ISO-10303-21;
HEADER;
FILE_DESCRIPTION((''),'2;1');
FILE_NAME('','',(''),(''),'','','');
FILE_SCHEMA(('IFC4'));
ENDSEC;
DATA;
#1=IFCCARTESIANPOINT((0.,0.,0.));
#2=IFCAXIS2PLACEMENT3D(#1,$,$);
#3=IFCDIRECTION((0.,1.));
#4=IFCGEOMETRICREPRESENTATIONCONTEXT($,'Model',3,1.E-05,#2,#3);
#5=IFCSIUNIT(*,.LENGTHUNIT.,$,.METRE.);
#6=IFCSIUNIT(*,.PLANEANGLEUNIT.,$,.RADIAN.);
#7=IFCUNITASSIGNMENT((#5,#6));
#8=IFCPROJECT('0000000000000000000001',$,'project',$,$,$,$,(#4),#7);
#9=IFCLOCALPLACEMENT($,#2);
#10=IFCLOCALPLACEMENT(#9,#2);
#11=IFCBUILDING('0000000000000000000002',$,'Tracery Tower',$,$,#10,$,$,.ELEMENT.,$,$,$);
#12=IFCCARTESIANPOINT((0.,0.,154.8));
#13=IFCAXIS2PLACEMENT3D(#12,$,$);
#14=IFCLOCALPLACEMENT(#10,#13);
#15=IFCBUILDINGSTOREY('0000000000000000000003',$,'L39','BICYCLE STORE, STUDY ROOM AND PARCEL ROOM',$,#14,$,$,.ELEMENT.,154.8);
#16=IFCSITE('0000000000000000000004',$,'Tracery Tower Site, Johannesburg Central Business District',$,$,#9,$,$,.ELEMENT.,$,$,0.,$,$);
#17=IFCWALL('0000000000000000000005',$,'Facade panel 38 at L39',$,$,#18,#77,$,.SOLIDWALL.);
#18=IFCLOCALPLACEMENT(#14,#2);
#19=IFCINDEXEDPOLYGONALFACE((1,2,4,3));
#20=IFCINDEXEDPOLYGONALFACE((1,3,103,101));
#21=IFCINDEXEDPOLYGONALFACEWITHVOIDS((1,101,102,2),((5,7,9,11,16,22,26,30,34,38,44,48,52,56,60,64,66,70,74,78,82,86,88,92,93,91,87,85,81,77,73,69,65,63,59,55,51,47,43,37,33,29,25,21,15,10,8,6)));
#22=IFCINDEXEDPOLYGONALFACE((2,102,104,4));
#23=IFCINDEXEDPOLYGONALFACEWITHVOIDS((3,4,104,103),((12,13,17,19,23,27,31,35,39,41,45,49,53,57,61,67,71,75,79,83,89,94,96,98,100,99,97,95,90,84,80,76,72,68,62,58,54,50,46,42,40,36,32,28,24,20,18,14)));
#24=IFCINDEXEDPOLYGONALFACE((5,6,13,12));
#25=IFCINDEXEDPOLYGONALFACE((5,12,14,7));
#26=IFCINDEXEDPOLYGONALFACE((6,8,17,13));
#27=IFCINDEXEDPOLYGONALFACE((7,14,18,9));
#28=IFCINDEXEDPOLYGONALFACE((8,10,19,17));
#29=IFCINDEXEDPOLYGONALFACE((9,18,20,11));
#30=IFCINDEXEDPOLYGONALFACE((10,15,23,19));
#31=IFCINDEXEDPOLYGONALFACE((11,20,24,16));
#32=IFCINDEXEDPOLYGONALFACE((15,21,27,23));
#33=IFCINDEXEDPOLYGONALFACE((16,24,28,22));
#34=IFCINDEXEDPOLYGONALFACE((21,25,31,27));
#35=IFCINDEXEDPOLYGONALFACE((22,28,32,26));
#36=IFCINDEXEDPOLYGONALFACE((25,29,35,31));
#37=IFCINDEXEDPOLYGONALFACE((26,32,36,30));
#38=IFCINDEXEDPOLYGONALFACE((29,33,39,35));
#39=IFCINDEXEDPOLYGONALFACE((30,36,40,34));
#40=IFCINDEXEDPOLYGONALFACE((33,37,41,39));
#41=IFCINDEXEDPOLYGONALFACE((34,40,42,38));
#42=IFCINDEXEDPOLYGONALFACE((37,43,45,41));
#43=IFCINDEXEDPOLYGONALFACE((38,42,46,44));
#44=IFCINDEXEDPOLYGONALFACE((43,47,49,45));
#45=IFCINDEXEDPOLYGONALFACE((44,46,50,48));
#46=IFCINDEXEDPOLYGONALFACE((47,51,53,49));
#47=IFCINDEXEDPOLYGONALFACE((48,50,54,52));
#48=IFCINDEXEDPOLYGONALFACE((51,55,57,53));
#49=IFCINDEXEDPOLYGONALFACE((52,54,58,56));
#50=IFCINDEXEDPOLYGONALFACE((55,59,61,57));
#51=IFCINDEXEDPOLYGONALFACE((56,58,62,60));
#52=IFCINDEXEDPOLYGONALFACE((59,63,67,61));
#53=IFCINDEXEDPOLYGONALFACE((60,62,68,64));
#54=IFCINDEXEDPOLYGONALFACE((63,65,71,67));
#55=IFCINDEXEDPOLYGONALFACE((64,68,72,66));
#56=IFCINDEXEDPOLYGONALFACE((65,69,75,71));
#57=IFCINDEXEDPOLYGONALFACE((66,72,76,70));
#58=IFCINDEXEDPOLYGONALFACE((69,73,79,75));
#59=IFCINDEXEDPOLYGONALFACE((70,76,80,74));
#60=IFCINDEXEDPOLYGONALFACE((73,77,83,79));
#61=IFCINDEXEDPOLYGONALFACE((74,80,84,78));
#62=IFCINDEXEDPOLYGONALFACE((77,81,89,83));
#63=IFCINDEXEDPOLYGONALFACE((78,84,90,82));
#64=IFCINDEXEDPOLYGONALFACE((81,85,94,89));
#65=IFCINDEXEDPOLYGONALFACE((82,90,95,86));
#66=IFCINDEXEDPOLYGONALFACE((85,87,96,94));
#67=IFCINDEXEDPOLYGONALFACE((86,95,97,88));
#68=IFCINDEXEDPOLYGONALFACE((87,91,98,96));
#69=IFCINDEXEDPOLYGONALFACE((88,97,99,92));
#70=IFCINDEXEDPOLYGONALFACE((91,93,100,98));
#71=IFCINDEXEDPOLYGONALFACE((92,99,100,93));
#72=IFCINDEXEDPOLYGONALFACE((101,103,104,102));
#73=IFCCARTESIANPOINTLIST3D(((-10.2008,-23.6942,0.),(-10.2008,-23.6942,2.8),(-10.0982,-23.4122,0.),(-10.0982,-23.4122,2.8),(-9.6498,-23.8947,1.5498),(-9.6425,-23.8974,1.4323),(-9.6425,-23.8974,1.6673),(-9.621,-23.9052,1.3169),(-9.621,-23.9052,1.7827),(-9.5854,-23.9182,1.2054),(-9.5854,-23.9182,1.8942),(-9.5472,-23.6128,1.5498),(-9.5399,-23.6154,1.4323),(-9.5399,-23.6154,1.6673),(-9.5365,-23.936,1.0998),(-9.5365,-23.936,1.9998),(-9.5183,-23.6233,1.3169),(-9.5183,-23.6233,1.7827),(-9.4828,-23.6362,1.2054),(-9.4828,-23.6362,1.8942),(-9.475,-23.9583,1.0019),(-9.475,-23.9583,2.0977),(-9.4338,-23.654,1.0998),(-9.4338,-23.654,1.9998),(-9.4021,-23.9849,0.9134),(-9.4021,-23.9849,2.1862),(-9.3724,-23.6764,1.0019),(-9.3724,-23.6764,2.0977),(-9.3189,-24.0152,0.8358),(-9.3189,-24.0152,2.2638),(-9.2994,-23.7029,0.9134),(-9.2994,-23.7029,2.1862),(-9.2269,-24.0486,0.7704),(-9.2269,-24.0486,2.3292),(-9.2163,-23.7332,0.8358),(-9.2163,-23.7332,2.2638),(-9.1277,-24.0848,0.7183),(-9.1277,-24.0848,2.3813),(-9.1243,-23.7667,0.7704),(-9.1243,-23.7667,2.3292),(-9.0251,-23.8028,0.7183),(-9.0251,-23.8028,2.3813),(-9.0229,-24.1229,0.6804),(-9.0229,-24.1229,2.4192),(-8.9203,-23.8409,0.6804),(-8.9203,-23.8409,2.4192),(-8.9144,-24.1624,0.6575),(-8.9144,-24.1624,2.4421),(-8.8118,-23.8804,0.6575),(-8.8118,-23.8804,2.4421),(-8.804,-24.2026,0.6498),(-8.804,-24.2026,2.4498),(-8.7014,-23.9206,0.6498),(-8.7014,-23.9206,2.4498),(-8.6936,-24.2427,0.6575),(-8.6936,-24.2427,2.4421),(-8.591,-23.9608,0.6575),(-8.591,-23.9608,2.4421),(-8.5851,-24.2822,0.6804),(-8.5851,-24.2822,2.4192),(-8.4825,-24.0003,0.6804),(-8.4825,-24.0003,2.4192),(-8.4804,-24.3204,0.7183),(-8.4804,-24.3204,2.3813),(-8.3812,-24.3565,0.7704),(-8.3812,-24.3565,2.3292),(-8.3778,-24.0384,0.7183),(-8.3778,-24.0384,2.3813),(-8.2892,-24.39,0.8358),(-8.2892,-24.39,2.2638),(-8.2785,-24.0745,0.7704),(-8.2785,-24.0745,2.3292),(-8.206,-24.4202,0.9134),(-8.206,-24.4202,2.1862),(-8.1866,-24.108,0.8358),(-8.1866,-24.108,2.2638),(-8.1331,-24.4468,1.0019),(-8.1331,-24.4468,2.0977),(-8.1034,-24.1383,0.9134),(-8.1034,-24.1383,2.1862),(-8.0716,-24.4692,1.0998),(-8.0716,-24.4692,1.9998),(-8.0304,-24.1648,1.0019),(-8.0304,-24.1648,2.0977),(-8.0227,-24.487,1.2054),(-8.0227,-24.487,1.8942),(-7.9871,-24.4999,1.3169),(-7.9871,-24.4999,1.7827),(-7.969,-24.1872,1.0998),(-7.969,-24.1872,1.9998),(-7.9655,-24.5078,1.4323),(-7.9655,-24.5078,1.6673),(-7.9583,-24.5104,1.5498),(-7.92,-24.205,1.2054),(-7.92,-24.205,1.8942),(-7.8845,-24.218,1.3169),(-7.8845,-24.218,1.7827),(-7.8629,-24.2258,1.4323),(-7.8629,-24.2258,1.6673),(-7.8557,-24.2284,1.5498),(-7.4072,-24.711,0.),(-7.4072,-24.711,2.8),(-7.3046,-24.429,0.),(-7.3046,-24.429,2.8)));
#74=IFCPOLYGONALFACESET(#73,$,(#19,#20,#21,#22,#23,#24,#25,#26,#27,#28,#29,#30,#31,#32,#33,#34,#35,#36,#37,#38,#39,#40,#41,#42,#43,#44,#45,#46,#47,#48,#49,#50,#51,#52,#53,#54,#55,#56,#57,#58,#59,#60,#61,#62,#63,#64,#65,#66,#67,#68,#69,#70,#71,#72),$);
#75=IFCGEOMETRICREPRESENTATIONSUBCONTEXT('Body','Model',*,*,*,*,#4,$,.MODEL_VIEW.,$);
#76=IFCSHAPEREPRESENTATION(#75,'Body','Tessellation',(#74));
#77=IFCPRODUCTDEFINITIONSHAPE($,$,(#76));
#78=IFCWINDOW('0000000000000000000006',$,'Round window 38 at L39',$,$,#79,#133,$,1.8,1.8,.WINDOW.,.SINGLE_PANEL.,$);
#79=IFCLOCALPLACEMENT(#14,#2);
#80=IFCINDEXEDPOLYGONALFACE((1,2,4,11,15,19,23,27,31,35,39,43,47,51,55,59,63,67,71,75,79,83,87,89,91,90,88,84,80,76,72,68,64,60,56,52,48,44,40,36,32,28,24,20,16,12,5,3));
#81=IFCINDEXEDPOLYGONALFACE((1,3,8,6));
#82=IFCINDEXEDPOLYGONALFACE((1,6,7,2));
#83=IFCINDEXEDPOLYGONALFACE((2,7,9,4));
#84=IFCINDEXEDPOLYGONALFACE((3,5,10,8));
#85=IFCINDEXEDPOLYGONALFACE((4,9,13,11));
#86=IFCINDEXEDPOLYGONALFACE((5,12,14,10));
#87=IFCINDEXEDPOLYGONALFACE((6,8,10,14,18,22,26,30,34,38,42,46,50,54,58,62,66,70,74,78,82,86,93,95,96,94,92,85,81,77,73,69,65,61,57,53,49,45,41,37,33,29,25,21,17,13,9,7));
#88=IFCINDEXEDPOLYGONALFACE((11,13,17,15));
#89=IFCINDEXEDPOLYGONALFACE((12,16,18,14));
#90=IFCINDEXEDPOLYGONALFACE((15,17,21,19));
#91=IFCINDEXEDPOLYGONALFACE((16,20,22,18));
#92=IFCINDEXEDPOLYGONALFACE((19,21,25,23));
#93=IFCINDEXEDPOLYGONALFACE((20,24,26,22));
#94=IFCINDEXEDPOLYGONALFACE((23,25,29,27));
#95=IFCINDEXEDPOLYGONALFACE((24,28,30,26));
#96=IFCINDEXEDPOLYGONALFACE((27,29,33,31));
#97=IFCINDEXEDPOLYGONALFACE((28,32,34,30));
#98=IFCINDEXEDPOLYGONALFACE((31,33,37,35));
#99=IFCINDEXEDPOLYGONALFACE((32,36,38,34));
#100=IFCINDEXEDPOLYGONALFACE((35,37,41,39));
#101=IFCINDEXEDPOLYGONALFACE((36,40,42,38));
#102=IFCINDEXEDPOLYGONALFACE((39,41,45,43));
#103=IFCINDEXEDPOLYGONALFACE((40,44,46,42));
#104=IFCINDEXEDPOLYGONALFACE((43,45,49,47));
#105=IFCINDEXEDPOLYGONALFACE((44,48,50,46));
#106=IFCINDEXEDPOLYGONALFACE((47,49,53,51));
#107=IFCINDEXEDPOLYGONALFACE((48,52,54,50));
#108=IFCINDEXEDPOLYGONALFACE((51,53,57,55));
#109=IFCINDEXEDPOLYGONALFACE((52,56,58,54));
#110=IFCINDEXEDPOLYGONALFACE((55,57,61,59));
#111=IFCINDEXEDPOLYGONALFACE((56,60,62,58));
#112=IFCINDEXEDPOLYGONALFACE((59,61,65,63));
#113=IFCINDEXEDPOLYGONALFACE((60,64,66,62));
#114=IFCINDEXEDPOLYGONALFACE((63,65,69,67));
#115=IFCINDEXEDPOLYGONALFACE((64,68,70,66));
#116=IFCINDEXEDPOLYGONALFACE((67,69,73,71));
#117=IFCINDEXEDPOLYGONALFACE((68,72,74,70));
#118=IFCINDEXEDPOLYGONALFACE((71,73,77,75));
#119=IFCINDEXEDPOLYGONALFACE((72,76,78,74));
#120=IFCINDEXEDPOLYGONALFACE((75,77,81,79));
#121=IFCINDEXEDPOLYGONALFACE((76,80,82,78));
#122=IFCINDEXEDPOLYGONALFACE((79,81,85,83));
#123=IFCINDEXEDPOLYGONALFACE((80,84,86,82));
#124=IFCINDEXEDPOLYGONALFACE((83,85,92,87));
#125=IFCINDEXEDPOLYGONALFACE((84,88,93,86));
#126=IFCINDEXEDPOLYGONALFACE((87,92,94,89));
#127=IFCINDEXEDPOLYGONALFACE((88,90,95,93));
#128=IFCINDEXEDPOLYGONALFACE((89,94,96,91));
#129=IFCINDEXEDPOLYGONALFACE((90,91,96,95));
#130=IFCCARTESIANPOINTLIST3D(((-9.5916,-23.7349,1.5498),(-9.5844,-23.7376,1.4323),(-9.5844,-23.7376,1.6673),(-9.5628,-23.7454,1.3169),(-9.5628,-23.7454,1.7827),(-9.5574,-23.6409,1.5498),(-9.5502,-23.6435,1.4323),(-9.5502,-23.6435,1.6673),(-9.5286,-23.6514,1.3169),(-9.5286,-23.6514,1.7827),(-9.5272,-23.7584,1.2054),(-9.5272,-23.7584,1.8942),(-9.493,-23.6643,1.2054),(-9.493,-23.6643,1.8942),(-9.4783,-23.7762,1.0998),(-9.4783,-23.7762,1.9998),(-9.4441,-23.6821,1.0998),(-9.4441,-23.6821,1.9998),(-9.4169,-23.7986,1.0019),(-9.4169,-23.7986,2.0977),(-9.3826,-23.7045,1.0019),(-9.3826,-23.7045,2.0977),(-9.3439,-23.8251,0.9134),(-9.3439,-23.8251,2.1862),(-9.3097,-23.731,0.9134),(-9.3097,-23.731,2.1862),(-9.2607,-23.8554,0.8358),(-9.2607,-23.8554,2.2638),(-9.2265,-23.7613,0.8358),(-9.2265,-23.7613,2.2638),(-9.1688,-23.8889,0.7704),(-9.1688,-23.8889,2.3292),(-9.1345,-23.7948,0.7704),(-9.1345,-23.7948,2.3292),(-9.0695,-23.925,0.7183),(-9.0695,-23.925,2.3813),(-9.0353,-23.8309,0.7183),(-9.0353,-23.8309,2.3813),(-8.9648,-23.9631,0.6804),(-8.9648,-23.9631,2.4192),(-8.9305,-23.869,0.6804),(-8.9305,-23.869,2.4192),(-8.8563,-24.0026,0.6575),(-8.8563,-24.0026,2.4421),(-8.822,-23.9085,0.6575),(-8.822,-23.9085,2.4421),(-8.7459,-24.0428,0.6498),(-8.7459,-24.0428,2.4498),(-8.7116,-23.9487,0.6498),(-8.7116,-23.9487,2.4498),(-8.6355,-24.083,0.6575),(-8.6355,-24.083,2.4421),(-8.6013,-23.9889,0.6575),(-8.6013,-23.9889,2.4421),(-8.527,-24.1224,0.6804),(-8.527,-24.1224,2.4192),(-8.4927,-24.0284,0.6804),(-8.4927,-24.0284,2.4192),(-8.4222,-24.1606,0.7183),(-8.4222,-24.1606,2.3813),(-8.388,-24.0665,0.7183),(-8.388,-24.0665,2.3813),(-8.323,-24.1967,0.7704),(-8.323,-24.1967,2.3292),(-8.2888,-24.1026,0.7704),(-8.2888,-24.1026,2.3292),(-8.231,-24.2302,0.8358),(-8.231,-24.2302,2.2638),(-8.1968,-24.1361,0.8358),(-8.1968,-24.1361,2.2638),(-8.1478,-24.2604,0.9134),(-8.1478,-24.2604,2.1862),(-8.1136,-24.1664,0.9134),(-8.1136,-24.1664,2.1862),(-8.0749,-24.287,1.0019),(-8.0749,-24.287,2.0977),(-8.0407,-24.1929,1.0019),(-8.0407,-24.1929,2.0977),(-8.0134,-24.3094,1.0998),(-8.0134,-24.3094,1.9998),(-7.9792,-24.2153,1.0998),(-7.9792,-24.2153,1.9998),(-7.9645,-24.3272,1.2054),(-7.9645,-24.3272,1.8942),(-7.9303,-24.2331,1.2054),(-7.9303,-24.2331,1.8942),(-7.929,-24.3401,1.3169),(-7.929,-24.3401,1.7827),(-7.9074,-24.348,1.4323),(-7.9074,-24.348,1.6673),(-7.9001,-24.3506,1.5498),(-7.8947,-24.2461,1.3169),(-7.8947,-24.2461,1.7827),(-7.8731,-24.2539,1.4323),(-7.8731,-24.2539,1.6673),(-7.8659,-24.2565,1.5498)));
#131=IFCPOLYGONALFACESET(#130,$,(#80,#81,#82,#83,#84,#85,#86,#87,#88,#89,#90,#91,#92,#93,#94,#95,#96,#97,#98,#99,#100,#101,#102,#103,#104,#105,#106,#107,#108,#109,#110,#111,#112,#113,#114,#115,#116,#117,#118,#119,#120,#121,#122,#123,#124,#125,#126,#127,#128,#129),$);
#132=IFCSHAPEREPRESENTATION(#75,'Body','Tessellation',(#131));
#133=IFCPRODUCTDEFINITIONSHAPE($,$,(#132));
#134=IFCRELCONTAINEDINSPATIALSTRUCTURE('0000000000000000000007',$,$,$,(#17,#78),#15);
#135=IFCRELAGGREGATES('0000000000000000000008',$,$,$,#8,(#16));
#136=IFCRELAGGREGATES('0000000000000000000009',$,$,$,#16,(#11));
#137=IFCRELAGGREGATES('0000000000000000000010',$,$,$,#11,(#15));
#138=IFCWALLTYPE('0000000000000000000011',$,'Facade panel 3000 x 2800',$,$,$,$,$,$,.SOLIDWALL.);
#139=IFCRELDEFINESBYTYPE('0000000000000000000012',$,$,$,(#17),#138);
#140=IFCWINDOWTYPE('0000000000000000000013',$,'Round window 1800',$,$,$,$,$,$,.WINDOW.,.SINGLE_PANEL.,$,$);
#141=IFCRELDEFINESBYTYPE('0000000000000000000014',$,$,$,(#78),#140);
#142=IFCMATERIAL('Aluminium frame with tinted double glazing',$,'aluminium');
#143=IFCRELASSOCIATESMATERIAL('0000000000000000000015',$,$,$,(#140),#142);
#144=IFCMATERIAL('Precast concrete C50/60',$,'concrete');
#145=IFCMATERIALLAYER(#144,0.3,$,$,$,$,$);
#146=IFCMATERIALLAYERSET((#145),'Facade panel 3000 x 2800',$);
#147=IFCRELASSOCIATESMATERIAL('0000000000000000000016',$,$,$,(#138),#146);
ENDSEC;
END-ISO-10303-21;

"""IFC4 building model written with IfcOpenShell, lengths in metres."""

from ifc_helpers import new_model, si_unit, direction, frame, frame_2d, origin, origin_2d, place, context, subcontext, project, spatial, rectangle, circle, extrude, material, layer, layer_set, type_object, element, fill, save


model = new_model("IFC4")

# Units and contexts
model_context = context("Model", 3, precision=1e-05, world=origin(), true_north=direction((0.0, 1.0)))
body_context = subcontext(model_context, "Body", "Model", "MODEL_VIEW")
ifc_project = project(units=[si_unit("LENGTHUNIT", "METRE"), si_unit("PLANEANGLEUNIT", "RADIAN")], contexts=[model_context])

# Site, building, storey
site_placement = place(None, origin())
site = spatial("IfcSite", under=ifc_project, at=site_placement, Name="Tracery Tower Site, Johannesburg Central Business District", CompositionType="ELEMENT", RefElevation=0.0)
building_placement = place(site_placement, origin())
building = spatial("IfcBuilding", under=site, at=building_placement, Name="Tracery Tower", CompositionType="ELEMENT")
storey_placement = place(building_placement, frame((0.0, 0.0, 154.8)))
storey = spatial("IfcBuildingStorey", under=building, at=storey_placement, Name="L39", Description="BICYCLE STORE, STUDY ROOM AND PARCEL ROOM", CompositionType="ELEMENT", Elevation=154.8)

# Wall, opening, window
ifc_material_1 = material(Name="Aluminium frame with tinted double glazing", Category="aluminium")
window_type = type_object("IfcWindowType", Name="Round window 1800", PartitioningType="SINGLE_PANEL", PredefinedType="WINDOW", material=ifc_material_1)
ifc_material_2 = material(Name="Precast concrete C50/60", Category="concrete")
ifc_layer_1 = layer(ifc_material_2, 0.3)
ifc_layer_set_1 = layer_set([ifc_layer_1], Name="Facade panel 3000 x 2800")
wall_type_1 = type_object("IfcWallType", Name="Facade panel 3000 x 2800", PredefinedType="SOLIDWALL", material=ifc_layer_set_1)
wall_1_placement = place(storey_placement, frame((-10.1494, -23.5532, 0.0), z_axis=(0.0, 0.0, 1.0), x_axis=(0.93969, -0.342027, 0.0)))
wall_1 = element("IfcWall", 1, at=wall_1_placement, inside=storey, type_object=wall_type_1, Name="Facade panel 38 at L39", PredefinedType="SOLIDWALL", context=body_context, shape_type="SweptSolid", body=[
    extrude(rectangle(XDim=2.9729, YDim=0.3, at=frame_2d((1.4863, 0.0))), origin(), (0.0, 0.0, 1.0), 2.8),
])
opening_1_placement = place(wall_1_placement, frame((1.4863, 0.0, 1.5498)))
opening_1 = element("IfcOpeningElement", 2, at=opening_1_placement, cuts=wall_1, PredefinedType="OPENING", context=body_context, shape_type="SweptSolid", body=[
    extrude(circle(Radius=0.9, at=origin_2d()), frame((0.0, 0.1599, 0.0), z_axis=(0.0, -1.0, 0.0), x_axis=(1.0, 0.0, 0.0)), (0.0, 0.0, 1.0), 0.3201),
])
window_1_placement = place(opening_1_placement, origin())
window_1 = element("IfcWindow", 3, at=window_1_placement, inside=storey, type_object=window_type, Name="Round window 38 at L39", OverallHeight=1.8, OverallWidth=1.8, PartitioningType="SINGLE_PANEL", PredefinedType="WINDOW", context=body_context, shape_type="SweptSolid", body=[
    extrude(circle(Radius=0.9, at=origin_2d()), frame((0.0, 0.1201, 0.0), z_axis=(0.0, -1.0, 0.0), x_axis=(1.0, 0.0, 0.0)), (0.0, 0.0, 1.0), 0.1001),
])
fill(opening_1, window_1)

save(model, "model.ifc")
